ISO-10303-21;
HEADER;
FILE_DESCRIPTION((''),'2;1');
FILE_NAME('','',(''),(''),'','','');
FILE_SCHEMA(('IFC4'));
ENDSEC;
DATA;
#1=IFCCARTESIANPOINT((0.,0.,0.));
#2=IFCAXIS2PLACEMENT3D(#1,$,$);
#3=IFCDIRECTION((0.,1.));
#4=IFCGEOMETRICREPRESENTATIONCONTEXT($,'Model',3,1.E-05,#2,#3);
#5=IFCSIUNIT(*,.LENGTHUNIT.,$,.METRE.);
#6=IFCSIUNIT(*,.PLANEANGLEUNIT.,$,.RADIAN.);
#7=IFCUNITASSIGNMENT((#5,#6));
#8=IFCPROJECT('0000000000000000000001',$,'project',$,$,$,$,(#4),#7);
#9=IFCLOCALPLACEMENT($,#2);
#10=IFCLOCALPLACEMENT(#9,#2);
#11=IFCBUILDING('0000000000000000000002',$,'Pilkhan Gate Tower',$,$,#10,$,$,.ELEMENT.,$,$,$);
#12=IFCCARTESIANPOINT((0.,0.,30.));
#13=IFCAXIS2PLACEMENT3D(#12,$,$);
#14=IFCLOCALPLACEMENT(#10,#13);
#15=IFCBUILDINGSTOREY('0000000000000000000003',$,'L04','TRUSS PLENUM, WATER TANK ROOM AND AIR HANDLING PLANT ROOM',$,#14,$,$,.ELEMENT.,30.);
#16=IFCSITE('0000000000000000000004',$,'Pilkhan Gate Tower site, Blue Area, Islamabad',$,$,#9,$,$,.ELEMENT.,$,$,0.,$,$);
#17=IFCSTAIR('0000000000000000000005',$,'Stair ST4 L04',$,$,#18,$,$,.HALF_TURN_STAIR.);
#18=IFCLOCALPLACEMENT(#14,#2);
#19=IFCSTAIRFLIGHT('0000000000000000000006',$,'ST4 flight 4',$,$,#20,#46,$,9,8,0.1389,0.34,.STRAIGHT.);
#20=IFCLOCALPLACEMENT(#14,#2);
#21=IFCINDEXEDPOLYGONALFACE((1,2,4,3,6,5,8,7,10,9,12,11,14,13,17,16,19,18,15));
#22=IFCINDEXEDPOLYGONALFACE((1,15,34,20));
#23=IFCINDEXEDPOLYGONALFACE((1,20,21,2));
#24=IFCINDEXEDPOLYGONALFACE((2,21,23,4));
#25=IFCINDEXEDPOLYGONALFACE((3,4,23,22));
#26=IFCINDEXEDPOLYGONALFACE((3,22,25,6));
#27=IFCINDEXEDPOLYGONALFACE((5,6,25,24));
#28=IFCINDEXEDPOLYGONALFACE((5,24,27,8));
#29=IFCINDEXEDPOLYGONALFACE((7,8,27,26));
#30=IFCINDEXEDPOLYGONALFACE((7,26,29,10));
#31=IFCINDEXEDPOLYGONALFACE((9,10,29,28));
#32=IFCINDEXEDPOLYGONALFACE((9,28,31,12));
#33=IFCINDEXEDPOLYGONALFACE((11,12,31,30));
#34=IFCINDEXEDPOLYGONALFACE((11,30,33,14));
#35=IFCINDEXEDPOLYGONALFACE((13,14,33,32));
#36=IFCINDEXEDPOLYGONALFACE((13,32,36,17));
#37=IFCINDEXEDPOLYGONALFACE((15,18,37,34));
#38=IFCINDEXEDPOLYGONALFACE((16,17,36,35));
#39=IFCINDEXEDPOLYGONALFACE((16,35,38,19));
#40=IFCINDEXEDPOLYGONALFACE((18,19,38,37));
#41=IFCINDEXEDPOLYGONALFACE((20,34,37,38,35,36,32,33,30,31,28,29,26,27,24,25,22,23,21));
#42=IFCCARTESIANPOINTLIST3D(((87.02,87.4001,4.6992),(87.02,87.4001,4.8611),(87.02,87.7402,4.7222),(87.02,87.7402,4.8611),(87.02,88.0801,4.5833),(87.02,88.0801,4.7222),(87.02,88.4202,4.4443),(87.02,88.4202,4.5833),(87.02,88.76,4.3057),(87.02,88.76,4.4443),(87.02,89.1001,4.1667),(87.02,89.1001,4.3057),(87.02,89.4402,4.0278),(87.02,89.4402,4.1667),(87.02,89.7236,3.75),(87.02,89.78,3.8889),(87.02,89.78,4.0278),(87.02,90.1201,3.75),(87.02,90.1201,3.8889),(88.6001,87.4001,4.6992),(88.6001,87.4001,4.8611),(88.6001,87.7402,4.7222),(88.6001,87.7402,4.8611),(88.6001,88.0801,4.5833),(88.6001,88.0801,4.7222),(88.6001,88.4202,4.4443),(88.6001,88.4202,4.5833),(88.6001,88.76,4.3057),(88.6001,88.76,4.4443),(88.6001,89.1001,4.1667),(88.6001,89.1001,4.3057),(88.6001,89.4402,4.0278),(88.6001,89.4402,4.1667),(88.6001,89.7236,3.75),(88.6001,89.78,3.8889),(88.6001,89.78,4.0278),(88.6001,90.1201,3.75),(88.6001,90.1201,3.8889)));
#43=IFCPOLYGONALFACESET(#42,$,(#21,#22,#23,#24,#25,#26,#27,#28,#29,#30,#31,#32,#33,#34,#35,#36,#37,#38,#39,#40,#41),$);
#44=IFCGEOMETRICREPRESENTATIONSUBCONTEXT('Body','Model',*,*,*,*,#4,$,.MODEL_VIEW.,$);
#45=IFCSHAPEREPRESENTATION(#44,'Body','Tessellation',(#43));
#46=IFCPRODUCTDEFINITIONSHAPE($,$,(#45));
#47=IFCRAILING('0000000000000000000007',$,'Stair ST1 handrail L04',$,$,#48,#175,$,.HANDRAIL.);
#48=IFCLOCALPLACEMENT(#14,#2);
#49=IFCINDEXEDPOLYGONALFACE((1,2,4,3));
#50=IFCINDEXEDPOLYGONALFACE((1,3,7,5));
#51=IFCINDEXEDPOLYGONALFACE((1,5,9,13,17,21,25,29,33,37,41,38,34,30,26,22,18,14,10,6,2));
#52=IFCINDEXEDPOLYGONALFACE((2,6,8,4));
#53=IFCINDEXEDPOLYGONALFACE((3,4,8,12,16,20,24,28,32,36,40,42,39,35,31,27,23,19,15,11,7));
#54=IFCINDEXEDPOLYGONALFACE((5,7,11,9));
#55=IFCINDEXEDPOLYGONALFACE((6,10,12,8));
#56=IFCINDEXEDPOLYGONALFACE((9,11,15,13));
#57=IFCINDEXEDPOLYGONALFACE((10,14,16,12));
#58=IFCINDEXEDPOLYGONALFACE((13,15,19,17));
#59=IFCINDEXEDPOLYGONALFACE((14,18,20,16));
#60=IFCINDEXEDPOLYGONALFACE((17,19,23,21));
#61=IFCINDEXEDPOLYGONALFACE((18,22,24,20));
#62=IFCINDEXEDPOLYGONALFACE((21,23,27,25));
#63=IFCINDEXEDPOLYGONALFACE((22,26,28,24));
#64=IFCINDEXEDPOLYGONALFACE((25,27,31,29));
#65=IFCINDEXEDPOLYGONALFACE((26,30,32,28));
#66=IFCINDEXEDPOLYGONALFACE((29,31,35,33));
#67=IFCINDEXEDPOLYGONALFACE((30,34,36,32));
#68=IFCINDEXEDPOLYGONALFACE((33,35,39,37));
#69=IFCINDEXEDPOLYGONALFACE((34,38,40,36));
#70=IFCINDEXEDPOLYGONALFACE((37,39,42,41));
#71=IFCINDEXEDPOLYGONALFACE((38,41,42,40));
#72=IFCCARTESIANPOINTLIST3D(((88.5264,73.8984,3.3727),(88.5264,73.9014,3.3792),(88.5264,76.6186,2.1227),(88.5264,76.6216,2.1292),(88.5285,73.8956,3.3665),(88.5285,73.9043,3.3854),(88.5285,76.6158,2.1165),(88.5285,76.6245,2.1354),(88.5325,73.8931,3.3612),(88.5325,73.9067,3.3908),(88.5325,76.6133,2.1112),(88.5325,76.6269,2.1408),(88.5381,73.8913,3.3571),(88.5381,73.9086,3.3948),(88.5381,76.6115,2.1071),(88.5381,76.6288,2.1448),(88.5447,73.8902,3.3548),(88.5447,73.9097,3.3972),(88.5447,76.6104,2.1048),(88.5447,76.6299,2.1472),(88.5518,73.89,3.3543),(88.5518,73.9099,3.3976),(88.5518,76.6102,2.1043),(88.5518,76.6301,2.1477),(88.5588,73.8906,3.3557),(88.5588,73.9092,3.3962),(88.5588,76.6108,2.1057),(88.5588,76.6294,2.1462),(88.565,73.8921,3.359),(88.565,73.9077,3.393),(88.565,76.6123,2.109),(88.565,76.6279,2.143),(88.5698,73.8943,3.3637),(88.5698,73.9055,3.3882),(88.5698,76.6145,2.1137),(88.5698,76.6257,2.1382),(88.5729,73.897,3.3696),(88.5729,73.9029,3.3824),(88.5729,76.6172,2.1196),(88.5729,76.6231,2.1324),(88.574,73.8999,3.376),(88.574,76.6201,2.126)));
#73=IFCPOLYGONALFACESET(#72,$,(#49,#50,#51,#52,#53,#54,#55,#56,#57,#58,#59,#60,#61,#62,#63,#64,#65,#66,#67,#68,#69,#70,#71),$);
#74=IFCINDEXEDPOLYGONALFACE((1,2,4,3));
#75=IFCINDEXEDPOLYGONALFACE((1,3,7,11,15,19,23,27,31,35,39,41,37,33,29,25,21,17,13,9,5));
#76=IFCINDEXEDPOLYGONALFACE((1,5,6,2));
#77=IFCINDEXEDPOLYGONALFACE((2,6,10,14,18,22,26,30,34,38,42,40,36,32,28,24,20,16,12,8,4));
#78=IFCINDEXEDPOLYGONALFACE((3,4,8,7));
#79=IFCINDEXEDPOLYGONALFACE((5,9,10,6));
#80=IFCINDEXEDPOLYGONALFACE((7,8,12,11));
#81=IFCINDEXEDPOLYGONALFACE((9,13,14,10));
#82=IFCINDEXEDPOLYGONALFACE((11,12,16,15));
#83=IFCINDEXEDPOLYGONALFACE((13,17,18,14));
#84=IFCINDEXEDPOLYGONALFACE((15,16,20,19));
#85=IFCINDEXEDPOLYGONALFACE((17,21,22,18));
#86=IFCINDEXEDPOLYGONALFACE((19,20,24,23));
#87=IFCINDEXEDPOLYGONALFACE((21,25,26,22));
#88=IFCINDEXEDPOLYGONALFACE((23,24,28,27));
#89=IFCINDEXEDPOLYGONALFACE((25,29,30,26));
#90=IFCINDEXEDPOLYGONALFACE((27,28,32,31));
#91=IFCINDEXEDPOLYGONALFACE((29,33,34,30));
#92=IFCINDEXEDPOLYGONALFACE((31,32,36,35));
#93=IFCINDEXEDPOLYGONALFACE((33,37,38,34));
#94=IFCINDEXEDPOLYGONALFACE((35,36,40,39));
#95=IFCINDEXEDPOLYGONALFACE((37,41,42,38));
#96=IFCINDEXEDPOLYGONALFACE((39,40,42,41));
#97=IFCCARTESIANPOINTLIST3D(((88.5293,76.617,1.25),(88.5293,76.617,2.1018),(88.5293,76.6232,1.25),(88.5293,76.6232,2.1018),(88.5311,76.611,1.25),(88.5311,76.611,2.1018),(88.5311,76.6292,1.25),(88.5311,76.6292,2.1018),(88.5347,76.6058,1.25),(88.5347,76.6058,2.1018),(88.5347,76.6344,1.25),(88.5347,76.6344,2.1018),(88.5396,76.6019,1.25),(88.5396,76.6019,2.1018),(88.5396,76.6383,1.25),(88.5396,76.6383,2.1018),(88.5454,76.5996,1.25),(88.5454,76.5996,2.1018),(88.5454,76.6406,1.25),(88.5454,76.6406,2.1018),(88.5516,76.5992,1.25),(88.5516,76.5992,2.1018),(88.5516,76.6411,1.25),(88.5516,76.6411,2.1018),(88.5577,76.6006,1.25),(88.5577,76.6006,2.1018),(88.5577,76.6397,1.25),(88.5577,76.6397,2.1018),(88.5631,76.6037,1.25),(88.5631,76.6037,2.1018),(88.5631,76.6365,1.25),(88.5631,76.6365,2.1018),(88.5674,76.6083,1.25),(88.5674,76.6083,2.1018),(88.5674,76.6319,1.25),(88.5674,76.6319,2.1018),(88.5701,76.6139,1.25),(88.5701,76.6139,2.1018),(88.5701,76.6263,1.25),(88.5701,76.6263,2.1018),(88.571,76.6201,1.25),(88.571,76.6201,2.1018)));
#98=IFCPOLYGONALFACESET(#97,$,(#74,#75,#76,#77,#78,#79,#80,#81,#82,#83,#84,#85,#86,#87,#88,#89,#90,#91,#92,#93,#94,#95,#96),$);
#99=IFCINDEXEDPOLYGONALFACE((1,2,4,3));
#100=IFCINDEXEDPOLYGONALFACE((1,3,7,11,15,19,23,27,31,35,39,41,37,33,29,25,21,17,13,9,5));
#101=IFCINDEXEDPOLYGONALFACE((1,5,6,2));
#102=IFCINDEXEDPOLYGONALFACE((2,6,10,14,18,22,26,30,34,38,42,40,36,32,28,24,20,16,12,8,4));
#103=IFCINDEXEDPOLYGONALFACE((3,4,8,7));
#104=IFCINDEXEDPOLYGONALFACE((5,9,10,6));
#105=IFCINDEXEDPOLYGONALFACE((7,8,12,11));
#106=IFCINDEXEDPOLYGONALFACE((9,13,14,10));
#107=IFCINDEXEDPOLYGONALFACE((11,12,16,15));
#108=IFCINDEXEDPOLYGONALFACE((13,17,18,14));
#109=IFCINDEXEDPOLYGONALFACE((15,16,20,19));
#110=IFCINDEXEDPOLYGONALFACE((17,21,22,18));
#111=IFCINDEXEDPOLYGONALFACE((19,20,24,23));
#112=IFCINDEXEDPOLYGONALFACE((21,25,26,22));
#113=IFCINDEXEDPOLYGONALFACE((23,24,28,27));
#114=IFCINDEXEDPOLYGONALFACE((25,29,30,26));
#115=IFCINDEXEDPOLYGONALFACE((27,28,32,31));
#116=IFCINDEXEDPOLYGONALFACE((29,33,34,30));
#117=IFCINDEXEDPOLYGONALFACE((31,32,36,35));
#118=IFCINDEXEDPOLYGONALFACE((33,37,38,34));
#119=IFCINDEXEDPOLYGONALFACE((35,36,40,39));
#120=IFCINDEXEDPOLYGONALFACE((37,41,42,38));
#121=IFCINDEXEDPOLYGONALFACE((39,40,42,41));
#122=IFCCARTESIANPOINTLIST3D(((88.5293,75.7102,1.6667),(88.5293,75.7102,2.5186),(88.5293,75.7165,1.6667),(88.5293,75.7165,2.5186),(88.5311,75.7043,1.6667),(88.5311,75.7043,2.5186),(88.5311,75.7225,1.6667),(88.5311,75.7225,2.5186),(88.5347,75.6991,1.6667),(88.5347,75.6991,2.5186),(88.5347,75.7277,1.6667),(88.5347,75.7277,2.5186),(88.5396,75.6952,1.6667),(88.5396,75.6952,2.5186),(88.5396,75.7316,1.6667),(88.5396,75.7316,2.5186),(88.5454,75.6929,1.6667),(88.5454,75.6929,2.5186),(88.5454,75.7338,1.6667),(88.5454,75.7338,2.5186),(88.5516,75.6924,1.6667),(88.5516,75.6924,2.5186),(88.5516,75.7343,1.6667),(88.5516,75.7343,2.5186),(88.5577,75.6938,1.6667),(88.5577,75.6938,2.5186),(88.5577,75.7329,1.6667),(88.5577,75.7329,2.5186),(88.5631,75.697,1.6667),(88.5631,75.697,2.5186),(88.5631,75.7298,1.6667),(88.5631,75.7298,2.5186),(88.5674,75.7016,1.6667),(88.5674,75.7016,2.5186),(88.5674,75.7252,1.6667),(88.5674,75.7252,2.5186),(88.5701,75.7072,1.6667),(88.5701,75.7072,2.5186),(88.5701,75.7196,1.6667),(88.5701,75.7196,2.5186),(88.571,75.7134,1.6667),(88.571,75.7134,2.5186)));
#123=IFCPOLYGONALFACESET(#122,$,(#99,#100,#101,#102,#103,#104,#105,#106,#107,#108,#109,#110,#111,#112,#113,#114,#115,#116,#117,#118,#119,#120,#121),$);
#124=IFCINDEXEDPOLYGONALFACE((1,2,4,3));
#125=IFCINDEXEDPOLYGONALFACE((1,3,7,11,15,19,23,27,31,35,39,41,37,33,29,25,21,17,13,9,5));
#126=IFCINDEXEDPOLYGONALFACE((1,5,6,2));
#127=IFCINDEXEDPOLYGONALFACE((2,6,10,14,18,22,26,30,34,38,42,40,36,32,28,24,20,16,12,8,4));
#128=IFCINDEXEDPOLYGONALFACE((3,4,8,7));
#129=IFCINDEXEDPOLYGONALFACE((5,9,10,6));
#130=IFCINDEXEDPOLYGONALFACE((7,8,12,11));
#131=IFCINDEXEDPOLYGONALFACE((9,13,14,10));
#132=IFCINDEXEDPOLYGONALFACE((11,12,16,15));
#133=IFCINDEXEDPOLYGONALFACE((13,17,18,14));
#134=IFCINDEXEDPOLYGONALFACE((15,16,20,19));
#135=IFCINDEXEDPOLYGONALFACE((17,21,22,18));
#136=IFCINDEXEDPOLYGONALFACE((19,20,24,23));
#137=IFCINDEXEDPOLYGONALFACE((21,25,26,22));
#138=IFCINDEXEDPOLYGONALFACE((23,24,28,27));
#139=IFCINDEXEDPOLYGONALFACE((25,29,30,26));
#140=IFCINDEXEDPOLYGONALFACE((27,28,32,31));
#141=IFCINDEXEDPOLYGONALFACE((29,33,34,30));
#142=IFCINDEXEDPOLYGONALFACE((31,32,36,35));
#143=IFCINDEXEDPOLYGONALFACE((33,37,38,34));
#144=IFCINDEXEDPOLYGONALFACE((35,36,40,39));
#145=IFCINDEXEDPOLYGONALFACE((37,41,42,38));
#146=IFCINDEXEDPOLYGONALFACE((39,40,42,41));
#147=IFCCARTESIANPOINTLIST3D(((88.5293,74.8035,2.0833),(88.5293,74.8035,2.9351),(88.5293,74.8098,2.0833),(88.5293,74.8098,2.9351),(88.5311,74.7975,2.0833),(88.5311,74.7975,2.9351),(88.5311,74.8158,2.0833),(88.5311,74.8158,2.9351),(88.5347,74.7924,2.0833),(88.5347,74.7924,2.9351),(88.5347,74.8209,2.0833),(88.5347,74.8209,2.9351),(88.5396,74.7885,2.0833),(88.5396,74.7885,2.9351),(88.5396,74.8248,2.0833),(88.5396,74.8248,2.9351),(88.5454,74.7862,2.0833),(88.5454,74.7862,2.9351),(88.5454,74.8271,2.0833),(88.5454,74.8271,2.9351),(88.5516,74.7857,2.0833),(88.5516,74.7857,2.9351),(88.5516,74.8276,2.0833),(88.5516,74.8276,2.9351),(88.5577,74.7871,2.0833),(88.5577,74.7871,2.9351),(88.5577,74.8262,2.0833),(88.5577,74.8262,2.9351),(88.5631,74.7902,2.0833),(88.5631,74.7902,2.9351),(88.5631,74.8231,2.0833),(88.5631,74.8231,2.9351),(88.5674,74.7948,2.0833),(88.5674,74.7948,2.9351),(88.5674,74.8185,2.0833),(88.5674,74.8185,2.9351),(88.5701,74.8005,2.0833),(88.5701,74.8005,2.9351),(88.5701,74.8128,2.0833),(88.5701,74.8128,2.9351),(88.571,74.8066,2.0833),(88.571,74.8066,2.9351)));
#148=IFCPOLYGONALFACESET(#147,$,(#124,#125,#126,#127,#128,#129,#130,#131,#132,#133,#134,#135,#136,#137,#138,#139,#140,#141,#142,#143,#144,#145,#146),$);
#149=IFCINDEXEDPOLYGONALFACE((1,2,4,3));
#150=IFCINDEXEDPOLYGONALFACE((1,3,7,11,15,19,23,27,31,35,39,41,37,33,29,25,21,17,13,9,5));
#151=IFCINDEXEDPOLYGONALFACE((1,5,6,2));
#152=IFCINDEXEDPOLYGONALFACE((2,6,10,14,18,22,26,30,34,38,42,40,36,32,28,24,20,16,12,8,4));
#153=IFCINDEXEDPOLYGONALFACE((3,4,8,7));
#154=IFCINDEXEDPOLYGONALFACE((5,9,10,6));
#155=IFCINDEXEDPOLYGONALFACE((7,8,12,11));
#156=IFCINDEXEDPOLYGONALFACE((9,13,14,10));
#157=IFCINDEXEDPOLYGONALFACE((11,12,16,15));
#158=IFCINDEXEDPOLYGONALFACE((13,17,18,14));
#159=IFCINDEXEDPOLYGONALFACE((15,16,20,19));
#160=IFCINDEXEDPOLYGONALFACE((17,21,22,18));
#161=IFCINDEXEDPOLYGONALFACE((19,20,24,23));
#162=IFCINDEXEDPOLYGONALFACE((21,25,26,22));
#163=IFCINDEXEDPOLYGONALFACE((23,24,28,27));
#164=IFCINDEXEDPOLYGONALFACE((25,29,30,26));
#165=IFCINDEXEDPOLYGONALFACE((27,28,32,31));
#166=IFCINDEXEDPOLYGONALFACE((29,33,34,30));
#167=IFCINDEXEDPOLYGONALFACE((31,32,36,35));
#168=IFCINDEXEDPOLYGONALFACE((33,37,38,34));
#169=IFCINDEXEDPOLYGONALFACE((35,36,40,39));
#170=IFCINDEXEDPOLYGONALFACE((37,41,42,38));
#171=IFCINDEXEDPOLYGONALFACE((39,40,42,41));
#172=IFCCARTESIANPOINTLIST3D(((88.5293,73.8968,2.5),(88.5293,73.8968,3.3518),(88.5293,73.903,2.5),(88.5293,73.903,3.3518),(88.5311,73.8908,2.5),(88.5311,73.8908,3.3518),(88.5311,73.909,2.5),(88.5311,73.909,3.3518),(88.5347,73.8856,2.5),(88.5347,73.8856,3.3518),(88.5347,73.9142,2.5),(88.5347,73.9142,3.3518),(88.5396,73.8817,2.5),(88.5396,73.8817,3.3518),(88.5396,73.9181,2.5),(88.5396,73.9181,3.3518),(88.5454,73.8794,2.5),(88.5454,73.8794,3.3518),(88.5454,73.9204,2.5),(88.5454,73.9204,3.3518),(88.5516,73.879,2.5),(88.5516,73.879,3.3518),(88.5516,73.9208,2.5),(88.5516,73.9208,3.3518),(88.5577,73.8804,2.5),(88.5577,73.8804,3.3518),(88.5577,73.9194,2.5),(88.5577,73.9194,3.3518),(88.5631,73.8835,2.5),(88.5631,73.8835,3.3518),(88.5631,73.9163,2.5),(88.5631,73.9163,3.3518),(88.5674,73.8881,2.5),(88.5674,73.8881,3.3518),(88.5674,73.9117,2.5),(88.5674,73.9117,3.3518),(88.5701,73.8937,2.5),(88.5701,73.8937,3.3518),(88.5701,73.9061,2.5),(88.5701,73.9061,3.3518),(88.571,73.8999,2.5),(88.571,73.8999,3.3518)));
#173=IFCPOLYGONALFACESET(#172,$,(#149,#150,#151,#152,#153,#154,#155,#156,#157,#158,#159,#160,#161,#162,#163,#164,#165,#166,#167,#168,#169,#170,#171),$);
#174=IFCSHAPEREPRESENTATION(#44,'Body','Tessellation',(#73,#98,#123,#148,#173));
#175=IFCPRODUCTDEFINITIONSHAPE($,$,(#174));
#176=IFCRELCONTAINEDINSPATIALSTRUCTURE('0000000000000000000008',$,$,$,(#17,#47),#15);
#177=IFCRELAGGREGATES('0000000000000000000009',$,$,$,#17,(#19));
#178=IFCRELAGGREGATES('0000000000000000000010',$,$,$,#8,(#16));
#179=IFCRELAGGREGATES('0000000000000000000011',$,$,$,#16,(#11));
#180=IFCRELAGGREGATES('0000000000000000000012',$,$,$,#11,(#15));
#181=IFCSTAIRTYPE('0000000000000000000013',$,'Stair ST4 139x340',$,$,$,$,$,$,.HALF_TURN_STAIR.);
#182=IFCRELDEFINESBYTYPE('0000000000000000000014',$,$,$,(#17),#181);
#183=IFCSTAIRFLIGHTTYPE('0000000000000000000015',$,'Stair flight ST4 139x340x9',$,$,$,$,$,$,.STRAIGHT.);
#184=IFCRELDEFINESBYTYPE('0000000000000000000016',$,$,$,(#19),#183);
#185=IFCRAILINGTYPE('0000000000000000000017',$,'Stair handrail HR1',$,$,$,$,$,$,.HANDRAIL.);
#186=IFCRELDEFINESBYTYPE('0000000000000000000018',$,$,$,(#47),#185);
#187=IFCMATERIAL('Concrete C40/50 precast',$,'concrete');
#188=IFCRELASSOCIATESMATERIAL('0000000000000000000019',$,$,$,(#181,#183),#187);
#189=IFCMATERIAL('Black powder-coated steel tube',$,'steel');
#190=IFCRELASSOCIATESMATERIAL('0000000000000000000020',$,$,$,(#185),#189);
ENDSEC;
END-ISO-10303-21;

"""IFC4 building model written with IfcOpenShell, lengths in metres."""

from ifc_helpers import new_model, si_unit, direction, frame, origin, origin_2d, place, context, subcontext, project, spatial, polyline, circle, outline, extrude, material, type_object, element, aggregate, save


model = new_model("IFC4")

# Units and contexts
model_context = context("Model", 3, precision=1e-05, world=origin(), true_north=direction((0.0, 1.0)))
body_context = subcontext(model_context, "Body", "Model", "MODEL_VIEW")
ifc_project = project(units=[si_unit("LENGTHUNIT", "METRE"), si_unit("PLANEANGLEUNIT", "RADIAN")], contexts=[model_context])

# Site, building, storey
site_placement = place(None, origin())
site = spatial("IfcSite", under=ifc_project, at=site_placement, Name="Pilkhan Gate Tower site, Blue Area, Islamabad", CompositionType="ELEMENT", RefElevation=0.0)
building_placement = place(site_placement, origin())
building = spatial("IfcBuilding", under=site, at=building_placement, Name="Pilkhan Gate Tower", CompositionType="ELEMENT")
storey_placement = place(building_placement, frame((0.0, 0.0, 30.0)))
storey = spatial("IfcBuildingStorey", under=building, at=storey_placement, Name="L04", Description="TRUSS PLENUM, WATER TANK ROOM AND AIR HANDLING PLANT ROOM", CompositionType="ELEMENT", Elevation=30.0)

# Stair, stair flight
ifc_material_1 = material(Name="Concrete C40/50 precast", Category="concrete")
stair_type_1 = type_object("IfcStairType", Name="Stair ST4 139x340", PredefinedType="HALF_TURN_STAIR", material=ifc_material_1)
stair_1_placement = place(storey_placement, origin())
stair_1 = element("IfcStair", 1, at=stair_1_placement, inside=storey, type_object=stair_type_1, Name="Stair ST4 L04", PredefinedType="HALF_TURN_STAIR")
stair_flight_type_1 = type_object("IfcStairFlightType", Name="Stair flight ST4 139x340x9", PredefinedType="STRAIGHT", material=ifc_material_1)
stair_flight_1_placement = place(storey_placement, frame((87.8101, 90.1201, 3.75), z_axis=(0.0, 0.0, 1.0), x_axis=(0.0, -1.0, 0.0)))
stair_flight_1 = element("IfcStairFlight", 2, at=stair_flight_1_placement, type_object=stair_flight_type_1, Name="ST4 flight 4", NumberOfRisers=9, NumberOfTreads=8, PredefinedType="STRAIGHT", RiserHeight=0.1389, TreadLength=0.34, context=body_context, shape_type="SweptSolid", body=[
    extrude(outline(polyline([(0.0, 0.0), (0.0, 0.1389), (0.3401, 0.1389), (0.3401, 0.2778), (0.6799, 0.2778), (0.6799, 0.4167), (1.02, 0.4167), (1.02, 0.5557), (1.3601, 0.5557), (1.3601, 0.6943), (1.7, 0.6943), (1.7, 0.8333), (2.04, 0.8333), (2.04, 0.9722), (2.3799, 0.9722), (2.3799, 1.1111), (2.72, 1.1111), (2.72, 1.25), (2.72, 0.9492), (0.3965, 0.0), (0.0, 0.0)])), frame((0.0, 0.79, 0.0), z_axis=(0.0, -1.0, 0.0), x_axis=(1.0, 0.0, 0.0)), (0.0, 0.0, 1.0), 1.5801),
])
aggregate(stair_1, [stair_flight_1])

# Railing
ifc_material_2 = material(Name="Black powder-coated steel tube", Category="steel")
railing_type_1 = type_object("IfcRailingType", Name="Stair handrail HR1", PredefinedType="HANDRAIL", material=ifc_material_2)
for number, where, name in (
    (3, (88.55, 76.6201, 1.25), "Stair ST1 handrail L04"),
):
    element("IfcRailing", number, at=place(storey_placement, frame(where)), inside=storey, type_object=railing_type_1, Name=name, PredefinedType="HANDRAIL", context=body_context, shape_type="SweptSolid", body=[
        extrude(circle(Radius=0.0239, at=origin_2d()), frame((0.0, 0.0, 0.876), z_axis=(0.0, -0.908655, 0.417547), x_axis=(1.0, 0.0, 0.0)), (0.0, 0.0, 1.0), 2.9937),
        extrude(circle(Radius=0.021, at=origin_2d()), origin(), (0.0, 0.0, 1.0), 0.8518),
        extrude(circle(Radius=0.021, at=origin_2d()), frame((0.0, -0.9067, 0.4167)), (0.0, 0.0, 1.0), 0.8518),
        extrude(circle(Radius=0.021, at=origin_2d()), frame((0.0, -1.8135, 0.8333)), (0.0, 0.0, 1.0), 0.8518),
        extrude(circle(Radius=0.021, at=origin_2d()), frame((0.0, -2.7202, 1.25)), (0.0, 0.0, 1.0), 0.8518),
    ])

save(model, "model.ifc")
